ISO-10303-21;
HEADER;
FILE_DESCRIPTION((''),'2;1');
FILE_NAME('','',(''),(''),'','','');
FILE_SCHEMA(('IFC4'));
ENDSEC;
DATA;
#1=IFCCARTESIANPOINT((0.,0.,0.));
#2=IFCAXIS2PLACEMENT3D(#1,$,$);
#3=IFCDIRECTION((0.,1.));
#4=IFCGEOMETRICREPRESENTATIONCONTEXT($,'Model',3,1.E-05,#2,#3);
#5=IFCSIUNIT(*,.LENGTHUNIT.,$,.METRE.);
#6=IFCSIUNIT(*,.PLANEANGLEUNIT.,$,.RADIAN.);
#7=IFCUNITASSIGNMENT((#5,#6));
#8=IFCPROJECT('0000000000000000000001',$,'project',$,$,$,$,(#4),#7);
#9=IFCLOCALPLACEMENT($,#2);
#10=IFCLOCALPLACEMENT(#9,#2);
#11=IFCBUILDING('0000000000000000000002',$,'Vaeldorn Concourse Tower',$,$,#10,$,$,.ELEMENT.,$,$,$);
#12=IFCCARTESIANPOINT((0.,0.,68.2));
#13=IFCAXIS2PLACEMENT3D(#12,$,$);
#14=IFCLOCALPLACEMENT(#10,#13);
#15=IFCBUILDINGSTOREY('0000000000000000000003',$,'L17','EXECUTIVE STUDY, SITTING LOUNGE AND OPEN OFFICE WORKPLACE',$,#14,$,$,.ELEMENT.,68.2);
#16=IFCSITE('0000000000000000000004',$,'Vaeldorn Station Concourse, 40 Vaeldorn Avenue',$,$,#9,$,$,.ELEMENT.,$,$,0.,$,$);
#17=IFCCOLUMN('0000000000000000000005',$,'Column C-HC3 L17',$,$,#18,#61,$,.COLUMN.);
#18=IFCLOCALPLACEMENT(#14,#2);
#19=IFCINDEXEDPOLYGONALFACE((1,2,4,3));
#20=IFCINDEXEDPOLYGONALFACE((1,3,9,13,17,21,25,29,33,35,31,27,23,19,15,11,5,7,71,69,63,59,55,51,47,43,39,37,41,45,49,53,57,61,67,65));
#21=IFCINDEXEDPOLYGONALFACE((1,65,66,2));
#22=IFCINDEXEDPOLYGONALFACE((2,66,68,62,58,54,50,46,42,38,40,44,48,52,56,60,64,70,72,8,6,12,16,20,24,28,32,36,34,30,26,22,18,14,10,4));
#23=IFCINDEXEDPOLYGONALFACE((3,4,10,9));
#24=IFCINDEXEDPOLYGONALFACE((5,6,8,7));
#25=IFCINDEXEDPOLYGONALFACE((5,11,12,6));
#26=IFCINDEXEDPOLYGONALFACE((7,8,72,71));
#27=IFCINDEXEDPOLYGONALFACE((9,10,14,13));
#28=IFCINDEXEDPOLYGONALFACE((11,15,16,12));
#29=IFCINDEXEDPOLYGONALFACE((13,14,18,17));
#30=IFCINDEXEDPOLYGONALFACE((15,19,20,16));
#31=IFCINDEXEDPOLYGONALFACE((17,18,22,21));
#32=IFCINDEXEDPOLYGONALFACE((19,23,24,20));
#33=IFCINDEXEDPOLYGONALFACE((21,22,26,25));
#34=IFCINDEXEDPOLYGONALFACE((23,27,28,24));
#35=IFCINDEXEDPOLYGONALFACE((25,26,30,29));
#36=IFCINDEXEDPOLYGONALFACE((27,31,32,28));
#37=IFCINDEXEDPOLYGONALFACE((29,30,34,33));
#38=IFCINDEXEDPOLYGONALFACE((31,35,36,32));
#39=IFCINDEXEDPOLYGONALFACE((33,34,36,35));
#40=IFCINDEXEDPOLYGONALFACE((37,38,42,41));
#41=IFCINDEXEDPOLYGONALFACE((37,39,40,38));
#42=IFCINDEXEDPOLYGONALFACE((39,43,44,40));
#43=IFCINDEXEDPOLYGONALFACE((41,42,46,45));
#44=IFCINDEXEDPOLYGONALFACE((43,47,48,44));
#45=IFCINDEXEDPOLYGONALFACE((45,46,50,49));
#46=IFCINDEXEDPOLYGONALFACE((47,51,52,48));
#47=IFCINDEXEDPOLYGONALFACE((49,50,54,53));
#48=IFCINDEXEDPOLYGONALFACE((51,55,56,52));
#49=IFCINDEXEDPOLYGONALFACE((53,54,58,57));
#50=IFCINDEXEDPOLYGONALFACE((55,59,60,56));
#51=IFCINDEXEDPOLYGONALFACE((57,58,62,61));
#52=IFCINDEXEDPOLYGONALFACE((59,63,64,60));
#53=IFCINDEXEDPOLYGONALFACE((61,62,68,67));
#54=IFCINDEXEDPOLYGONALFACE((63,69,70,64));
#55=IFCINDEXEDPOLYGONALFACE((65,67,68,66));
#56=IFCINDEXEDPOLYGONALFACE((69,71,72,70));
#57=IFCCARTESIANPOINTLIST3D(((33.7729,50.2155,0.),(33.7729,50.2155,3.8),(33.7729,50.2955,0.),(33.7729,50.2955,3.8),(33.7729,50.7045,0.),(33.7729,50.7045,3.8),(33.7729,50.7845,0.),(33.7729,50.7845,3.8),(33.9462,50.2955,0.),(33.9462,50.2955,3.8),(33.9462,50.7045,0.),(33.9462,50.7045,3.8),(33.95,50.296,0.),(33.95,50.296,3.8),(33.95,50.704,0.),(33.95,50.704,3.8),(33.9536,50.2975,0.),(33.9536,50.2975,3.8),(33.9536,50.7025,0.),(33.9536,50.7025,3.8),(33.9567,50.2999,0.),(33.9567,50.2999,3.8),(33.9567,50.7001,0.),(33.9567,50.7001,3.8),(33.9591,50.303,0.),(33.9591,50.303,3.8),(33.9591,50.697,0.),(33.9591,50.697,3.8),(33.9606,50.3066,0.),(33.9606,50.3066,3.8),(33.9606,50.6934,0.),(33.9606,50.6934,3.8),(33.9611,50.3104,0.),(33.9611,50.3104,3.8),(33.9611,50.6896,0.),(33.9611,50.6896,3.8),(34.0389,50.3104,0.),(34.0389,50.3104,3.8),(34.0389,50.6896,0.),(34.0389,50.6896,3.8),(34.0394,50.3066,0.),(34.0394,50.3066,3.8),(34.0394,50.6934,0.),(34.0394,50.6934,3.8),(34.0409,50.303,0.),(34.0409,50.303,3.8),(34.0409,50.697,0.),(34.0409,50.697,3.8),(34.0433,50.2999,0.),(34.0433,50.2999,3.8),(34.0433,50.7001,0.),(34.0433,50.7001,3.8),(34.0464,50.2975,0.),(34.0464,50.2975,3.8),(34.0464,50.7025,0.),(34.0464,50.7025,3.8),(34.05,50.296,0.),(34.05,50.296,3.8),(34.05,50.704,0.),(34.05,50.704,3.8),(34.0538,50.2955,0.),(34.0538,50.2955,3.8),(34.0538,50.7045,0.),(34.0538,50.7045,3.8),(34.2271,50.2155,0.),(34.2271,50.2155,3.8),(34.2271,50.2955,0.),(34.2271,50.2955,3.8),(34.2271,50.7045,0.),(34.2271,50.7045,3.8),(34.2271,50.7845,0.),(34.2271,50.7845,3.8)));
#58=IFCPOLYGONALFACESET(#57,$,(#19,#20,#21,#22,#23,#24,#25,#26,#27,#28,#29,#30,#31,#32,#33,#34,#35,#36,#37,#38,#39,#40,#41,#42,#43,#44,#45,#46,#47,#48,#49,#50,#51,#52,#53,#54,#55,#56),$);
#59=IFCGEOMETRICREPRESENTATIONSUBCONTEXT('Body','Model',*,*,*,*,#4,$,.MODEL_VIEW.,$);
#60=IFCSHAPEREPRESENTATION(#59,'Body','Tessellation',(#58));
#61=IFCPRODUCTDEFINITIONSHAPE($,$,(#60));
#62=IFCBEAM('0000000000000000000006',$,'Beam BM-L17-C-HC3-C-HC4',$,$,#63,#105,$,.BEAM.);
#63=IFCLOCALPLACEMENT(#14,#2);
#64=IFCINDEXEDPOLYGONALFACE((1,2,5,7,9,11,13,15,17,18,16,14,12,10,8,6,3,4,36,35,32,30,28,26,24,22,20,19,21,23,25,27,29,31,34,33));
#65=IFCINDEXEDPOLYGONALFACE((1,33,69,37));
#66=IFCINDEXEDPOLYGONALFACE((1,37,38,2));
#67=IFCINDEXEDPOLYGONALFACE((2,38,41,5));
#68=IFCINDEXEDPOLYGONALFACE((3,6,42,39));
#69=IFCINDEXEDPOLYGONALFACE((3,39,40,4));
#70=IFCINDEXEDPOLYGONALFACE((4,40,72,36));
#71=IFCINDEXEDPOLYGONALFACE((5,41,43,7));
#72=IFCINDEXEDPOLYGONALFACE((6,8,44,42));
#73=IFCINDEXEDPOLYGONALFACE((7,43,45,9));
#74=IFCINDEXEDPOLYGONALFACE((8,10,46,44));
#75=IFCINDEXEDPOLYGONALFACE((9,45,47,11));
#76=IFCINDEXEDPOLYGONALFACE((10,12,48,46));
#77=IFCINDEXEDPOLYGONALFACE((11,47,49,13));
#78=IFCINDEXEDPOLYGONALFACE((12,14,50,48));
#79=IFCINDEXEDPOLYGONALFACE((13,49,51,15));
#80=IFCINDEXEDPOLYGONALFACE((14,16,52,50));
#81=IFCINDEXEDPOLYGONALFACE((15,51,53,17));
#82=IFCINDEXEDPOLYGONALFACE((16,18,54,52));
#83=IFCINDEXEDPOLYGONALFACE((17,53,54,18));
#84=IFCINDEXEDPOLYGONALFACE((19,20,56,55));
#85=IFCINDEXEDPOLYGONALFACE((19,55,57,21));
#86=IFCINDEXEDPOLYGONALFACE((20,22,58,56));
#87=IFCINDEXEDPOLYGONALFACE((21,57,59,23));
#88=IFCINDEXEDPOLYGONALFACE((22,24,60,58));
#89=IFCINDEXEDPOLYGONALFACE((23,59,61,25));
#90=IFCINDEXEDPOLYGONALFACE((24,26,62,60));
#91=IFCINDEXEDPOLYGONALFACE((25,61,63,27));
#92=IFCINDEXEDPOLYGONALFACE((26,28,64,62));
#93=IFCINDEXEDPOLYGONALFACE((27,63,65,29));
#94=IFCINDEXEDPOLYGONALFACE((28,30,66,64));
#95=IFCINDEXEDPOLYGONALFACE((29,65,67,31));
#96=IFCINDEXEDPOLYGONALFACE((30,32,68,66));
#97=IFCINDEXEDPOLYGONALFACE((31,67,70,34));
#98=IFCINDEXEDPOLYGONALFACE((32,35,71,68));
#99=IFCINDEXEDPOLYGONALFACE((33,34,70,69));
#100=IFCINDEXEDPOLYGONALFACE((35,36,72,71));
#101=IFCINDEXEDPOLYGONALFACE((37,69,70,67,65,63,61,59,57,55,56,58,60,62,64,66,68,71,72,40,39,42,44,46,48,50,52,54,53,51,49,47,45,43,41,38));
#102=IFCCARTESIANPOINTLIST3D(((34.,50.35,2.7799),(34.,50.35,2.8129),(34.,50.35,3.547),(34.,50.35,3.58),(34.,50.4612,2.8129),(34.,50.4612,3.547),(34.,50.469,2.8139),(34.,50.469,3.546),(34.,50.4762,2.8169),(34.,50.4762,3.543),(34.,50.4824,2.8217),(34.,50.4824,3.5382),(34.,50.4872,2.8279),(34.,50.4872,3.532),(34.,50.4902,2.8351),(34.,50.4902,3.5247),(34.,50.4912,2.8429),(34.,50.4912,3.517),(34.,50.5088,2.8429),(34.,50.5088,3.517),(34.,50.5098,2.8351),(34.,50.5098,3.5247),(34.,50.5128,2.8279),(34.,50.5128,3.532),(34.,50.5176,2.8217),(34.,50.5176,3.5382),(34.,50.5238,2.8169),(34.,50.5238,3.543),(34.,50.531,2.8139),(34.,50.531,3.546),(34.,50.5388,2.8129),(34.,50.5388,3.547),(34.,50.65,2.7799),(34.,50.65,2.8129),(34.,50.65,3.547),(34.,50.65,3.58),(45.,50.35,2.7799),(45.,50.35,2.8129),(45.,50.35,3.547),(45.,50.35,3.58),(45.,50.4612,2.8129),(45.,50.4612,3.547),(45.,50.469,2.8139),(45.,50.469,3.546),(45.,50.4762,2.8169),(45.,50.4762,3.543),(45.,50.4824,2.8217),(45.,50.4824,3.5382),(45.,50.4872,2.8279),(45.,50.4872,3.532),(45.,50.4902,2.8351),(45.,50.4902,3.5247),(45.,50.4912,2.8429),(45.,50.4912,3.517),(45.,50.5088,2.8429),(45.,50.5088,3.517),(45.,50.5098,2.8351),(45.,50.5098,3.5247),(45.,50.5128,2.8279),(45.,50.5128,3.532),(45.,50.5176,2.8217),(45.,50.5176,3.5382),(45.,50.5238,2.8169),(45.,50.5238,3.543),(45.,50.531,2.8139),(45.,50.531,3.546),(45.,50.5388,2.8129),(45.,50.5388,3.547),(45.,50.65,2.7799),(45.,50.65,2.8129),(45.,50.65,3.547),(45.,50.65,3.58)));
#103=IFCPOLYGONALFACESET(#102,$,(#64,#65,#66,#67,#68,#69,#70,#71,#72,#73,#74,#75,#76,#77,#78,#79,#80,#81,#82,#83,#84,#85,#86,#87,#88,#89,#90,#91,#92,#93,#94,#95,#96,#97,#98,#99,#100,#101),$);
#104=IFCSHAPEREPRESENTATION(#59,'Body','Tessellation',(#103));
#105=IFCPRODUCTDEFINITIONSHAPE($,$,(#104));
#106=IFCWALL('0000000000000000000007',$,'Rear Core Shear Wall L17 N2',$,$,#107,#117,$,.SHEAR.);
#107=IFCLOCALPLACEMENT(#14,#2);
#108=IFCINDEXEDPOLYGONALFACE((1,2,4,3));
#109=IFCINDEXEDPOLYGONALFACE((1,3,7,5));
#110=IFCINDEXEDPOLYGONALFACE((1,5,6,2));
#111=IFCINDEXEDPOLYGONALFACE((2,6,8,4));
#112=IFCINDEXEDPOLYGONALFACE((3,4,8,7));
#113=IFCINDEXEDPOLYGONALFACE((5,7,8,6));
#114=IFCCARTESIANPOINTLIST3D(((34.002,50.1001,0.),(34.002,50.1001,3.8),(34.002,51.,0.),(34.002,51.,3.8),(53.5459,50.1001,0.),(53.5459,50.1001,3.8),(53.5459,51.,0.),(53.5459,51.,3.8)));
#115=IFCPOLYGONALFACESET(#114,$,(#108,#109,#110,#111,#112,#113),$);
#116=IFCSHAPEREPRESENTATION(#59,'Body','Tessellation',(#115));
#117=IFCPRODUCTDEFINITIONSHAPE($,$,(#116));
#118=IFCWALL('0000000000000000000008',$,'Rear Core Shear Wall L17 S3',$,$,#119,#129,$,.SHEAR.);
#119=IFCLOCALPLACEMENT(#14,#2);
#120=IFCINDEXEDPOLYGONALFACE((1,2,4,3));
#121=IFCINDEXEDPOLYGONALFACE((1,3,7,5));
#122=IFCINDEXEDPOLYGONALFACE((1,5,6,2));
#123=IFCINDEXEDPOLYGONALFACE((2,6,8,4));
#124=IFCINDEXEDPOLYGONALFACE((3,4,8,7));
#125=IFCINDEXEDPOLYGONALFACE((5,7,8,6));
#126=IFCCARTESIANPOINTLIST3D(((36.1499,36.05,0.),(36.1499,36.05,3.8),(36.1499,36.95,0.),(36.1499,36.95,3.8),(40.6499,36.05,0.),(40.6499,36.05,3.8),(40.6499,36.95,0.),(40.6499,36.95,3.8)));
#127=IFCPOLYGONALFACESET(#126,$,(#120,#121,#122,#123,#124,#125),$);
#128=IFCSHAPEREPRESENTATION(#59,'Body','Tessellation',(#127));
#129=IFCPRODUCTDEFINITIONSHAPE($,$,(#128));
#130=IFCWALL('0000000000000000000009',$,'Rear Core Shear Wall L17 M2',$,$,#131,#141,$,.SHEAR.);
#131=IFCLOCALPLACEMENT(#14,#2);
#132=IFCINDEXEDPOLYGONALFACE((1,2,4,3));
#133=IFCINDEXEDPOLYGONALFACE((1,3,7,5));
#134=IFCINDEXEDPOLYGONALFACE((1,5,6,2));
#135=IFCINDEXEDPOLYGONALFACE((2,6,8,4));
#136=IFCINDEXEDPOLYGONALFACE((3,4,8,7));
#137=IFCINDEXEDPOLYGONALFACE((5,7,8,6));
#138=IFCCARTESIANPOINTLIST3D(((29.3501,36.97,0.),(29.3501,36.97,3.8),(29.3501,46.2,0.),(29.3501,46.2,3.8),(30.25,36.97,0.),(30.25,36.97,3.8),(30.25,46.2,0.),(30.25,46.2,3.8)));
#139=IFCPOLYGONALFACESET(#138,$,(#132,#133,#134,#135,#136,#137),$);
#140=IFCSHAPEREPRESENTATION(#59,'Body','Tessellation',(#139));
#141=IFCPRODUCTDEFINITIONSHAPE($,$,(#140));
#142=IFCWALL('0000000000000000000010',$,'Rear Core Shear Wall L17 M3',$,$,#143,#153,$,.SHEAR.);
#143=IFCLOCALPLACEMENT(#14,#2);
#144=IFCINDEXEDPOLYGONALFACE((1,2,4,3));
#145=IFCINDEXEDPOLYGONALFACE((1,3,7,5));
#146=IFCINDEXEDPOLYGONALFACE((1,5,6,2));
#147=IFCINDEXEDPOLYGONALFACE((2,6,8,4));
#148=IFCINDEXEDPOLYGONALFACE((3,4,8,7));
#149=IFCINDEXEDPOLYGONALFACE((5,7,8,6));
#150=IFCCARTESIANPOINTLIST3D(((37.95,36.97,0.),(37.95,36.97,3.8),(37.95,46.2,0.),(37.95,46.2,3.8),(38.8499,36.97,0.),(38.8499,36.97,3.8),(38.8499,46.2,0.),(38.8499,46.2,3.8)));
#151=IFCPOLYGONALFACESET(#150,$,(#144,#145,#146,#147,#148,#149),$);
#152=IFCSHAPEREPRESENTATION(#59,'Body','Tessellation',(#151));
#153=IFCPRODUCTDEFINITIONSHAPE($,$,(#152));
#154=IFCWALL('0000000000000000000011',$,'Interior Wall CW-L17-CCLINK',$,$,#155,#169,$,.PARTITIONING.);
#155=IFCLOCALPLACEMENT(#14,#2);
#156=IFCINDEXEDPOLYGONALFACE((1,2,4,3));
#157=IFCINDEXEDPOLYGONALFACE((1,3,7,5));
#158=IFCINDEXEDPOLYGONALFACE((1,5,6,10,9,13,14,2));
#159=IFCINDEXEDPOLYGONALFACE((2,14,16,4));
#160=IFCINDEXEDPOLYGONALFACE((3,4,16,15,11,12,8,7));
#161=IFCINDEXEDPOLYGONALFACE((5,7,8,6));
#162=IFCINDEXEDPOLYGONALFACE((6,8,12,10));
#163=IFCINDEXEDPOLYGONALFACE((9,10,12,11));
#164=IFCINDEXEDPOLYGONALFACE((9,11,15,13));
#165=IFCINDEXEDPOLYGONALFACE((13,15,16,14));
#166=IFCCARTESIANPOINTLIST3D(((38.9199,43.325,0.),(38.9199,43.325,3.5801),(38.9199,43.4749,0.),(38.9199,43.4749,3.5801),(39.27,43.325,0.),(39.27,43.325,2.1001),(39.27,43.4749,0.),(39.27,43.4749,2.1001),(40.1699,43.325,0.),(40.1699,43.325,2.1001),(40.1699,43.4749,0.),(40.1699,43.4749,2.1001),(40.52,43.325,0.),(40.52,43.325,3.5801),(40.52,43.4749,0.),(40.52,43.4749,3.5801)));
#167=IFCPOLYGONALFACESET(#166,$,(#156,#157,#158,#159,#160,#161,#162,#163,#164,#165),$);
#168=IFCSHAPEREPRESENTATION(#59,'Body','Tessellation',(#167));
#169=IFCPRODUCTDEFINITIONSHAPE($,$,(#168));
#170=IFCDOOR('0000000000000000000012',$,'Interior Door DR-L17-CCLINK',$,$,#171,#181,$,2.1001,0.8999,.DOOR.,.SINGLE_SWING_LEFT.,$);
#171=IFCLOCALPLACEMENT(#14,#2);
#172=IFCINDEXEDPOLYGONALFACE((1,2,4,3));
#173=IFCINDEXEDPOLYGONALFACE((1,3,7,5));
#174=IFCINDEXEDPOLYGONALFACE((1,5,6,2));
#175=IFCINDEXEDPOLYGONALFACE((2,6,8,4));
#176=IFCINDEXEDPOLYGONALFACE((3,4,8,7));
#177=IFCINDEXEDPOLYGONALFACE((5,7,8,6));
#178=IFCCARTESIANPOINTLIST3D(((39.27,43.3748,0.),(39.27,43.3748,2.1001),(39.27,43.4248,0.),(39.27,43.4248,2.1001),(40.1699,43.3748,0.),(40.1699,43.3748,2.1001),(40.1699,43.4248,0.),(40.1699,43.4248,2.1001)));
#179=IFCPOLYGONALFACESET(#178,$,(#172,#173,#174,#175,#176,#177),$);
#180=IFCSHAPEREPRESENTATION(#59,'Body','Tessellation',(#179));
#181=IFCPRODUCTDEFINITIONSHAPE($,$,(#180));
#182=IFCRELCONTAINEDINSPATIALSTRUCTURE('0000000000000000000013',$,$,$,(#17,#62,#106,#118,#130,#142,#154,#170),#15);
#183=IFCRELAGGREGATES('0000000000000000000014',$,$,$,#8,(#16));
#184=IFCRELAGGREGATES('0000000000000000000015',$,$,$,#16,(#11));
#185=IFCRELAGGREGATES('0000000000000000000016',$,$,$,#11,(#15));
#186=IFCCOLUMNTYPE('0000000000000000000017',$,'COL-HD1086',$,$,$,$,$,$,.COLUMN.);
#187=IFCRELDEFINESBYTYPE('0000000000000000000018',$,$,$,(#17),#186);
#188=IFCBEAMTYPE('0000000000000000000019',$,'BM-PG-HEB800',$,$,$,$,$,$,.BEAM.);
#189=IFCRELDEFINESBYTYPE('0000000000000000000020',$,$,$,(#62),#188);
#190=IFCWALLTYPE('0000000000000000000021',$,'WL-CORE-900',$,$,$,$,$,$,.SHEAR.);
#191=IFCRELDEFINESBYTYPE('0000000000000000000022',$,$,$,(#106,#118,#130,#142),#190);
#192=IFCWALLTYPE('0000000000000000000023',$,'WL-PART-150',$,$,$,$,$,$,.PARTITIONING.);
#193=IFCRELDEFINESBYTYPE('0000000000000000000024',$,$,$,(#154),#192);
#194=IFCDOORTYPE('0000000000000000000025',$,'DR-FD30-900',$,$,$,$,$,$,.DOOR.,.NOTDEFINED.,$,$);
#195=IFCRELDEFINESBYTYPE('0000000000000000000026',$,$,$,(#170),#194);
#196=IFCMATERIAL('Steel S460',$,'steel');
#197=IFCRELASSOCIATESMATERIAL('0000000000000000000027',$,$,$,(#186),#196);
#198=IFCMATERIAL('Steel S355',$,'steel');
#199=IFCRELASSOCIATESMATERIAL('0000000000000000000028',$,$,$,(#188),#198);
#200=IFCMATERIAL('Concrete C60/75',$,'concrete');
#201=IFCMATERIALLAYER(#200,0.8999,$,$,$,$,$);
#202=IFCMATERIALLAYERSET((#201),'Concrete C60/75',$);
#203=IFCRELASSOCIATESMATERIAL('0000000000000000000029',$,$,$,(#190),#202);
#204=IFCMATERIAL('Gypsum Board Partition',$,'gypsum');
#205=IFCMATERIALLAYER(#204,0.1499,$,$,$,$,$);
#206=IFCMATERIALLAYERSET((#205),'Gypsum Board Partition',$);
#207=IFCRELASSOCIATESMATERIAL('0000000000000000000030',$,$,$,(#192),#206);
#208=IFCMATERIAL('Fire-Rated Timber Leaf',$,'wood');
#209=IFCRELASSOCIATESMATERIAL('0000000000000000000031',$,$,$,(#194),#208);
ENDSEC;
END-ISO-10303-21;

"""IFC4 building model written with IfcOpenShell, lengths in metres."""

from ifc_helpers import new_model, si_unit, direction, frame, frame_2d, origin, origin_2d, place, context, subcontext, project, spatial, rectangle, i_section, extrude, source, transform, mapped, material, layer, layer_set, material_profile, profile_set, type_object, element, fill, save


model = new_model("IFC4")

# Units and contexts
model_context = context("Model", 3, precision=1e-05, world=origin(), true_north=direction((0.0, 1.0)))
body_context = subcontext(model_context, "Body", "Model", "MODEL_VIEW")
ifc_project = project(units=[si_unit("LENGTHUNIT", "METRE"), si_unit("PLANEANGLEUNIT", "RADIAN")], contexts=[model_context])

# Site, building, storey
site_placement = place(None, origin())
site = spatial("IfcSite", under=ifc_project, at=site_placement, Name="Vaeldorn Station Concourse, 40 Vaeldorn Avenue", CompositionType="ELEMENT", RefElevation=0.0)
building_placement = place(site_placement, origin())
building = spatial("IfcBuilding", under=site, at=building_placement, Name="Vaeldorn Concourse Tower", CompositionType="ELEMENT")
storey_placement = place(building_placement, frame((0.0, 0.0, 68.2)))
storey = spatial("IfcBuildingStorey", under=building, at=storey_placement, Name="L17", Description="EXECUTIVE STUDY, SITTING LOUNGE AND OPEN OFFICE WORKPLACE", CompositionType="ELEMENT", Elevation=68.2)

# Column
ifc_material_1 = material(Name="Steel S460", Category="steel")
ifc_material_profile_1 = material_profile(ifc_material_1, i_section(OverallWidth=0.4541, OverallDepth=0.5691, WebThickness=0.0779, FlangeThickness=0.0801, FilletRadius=0.0149, at=origin_2d()), Name="HD 400x1086")
ifc_profile_set_1 = profile_set([ifc_material_profile_1], Name="Steel S460")
column_type = type_object("IfcColumnType", Name="COL-HD1086", PredefinedType="COLUMN", material=ifc_profile_set_1)
shared_shape_1 = source(origin(), body_context, "Body", "SweptSolid", [
    extrude(i_section(OverallWidth=0.4541, OverallDepth=0.5691, WebThickness=0.0779, FlangeThickness=0.0801, FilletRadius=0.0149, at=origin_2d()), origin(), (0.0, 0.0, 1.0), 3.8),
])
column_placement = place(storey_placement, frame((34.0, 50.5, 0.0), z_axis=(0.0, 0.0, 1.0), x_axis=(1.0, 0.0, 0.0)))
element("IfcColumn", 1, at=column_placement, inside=storey, type_object=column_type, Name="Column C-HC3 L17", PredefinedType="COLUMN", context=body_context, shape_type="MappedRepresentation", body=[
    mapped(shared_shape_1, transform((0.0, 0.0, 0.0), scale=1.0)),
])

# Beam
ifc_material_2 = material(Name="Steel S355", Category="steel")
ifc_material_profile_2 = material_profile(ifc_material_2, i_section(OverallWidth=0.3, OverallDepth=0.8, WebThickness=0.0176, FlangeThickness=0.033, FilletRadius=0.03, at=origin_2d()), Name="HEB 800")
ifc_profile_set_2 = profile_set([ifc_material_profile_2], Name="Steel S355")
beam_type = type_object("IfcBeamType", Name="BM-PG-HEB800", PredefinedType="BEAM", material=ifc_profile_set_2)
shared_shape_2 = source(origin(), body_context, "Body", "SweptSolid", [
    extrude(i_section(OverallWidth=0.3, OverallDepth=0.8, WebThickness=0.0176, FlangeThickness=0.033, FilletRadius=0.03, at=origin_2d()), origin(), (0.0, 0.0, 1.0), 11.0),
])
beam_placement = place(storey_placement, frame((34.0, 50.5, 3.1799), z_axis=(1.0, 0.0, 0.0), x_axis=(0.0, 1.0, 0.0)))
element("IfcBeam", 2, at=beam_placement, inside=storey, type_object=beam_type, Name="Beam BM-L17-C-HC3-C-HC4", PredefinedType="BEAM", context=body_context, shape_type="MappedRepresentation", body=[
    mapped(shared_shape_2, transform((0.0, 0.0, 0.0), scale=1.0)),
])

# Walls
ifc_material_3 = material(Name="Concrete C60/75", Category="concrete")
ifc_layer_1 = layer(ifc_material_3, 0.8999)
ifc_layer_set_1 = layer_set([ifc_layer_1], Name="Concrete C60/75")
wall_type_1 = type_object("IfcWallType", Name="WL-CORE-900", PredefinedType="SHEAR", material=ifc_layer_set_1)
wall_1_placement = place(storey_placement, frame((34.002, 50.55, 0.0), z_axis=(0.0, 0.0, 1.0), x_axis=(1.0, 0.0, 0.0)))
element("IfcWall", 3, at=wall_1_placement, inside=storey, type_object=wall_type_1, Name="Rear Core Shear Wall L17 N2", PredefinedType="SHEAR", context=body_context, shape_type="SweptSolid", body=[
    extrude(rectangle(XDim=19.5439, YDim=0.8999, at=frame_2d((9.772, 0.0))), origin(), (0.0, 0.0, 1.0), 3.8),
])
wall_2_placement = place(storey_placement, frame((36.1499, 36.5, 0.0), z_axis=(0.0, 0.0, 1.0), x_axis=(1.0, 0.0, 0.0)))
element("IfcWall", 4, at=wall_2_placement, inside=storey, type_object=wall_type_1, Name="Rear Core Shear Wall L17 S3", PredefinedType="SHEAR", context=body_context, shape_type="SweptSolid", body=[
    extrude(rectangle(XDim=4.5, YDim=0.8999, at=frame_2d((2.25, 0.0))), origin(), (0.0, 0.0, 1.0), 3.8),
])
for number, where, z_axis, x_axis, name in (
    (5, (29.8, 36.97, 0.0), (0.0, 0.0, 1.0), (0.0, 1.0, 0.0), "Rear Core Shear Wall L17 M2"),
    (6, (38.3999, 36.97, 0.0), (0.0, 0.0, 1.0), (0.0, 1.0, 0.0), "Rear Core Shear Wall L17 M3"),
):
    element("IfcWall", number, at=place(storey_placement, frame(where, z_axis=z_axis, x_axis=x_axis)), inside=storey, type_object=wall_type_1, Name=name, PredefinedType="SHEAR", context=body_context, shape_type="SweptSolid", body=[
        extrude(rectangle(XDim=9.23, YDim=0.8999, at=frame_2d((4.615, 0.0))), origin(), (0.0, 0.0, 1.0), 3.8),
    ])

# Wall, opening, door
ifc_material_4 = material(Name="Gypsum Board Partition", Category="gypsum")
ifc_layer_2 = layer(ifc_material_4, 0.1499)
ifc_layer_set_2 = layer_set([ifc_layer_2], Name="Gypsum Board Partition")
wall_type_2 = type_object("IfcWallType", Name="WL-PART-150", PredefinedType="PARTITIONING", material=ifc_layer_set_2)
wall_3_placement = place(storey_placement, frame((38.9199, 43.3999, 0.0), z_axis=(0.0, 0.0, 1.0), x_axis=(1.0, 0.0, 0.0)))
wall_3 = element("IfcWall", 7, at=wall_3_placement, inside=storey, type_object=wall_type_2, Name="Interior Wall CW-L17-CCLINK", PredefinedType="PARTITIONING", context=body_context, shape_type="SweptSolid", body=[
    extrude(rectangle(XDim=1.6001, YDim=0.1499, at=frame_2d((0.8, 0.0))), origin(), (0.0, 0.0, 1.0), 3.5801),
])
opening_placement = place(wall_3_placement, frame((0.3501, 0.0, 0.0)))
opening = element("IfcOpeningElement", 8, at=opening_placement, cuts=wall_3, PredefinedType="OPENING", context=body_context, shape_type="SweptSolid", body=[
    extrude(rectangle(XDim=0.8999, YDim=2.1001, at=frame_2d((0.45, 1.05))), frame((0.0, 0.085, 0.0), z_axis=(0.0, -1.0, 0.0), x_axis=(1.0, 0.0, 0.0)), (0.0, 0.0, 1.0), 0.1699),
])
ifc_material_5 = material(Name="Fire-Rated Timber Leaf", Category="wood")
door_type = type_object("IfcDoorType", Name="DR-FD30-900", OperationType="NOTDEFINED", PredefinedType="DOOR", material=ifc_material_5)
shared_shape_3 = source(origin(), body_context, "Body", "SweptSolid", [
    extrude(rectangle(XDim=0.8999, YDim=2.1001, at=frame_2d((0.45, 1.05))), frame((0.0, 0.0249, 0.0), z_axis=(0.0, -1.0, 0.0), x_axis=(1.0, 0.0, 0.0)), (0.0, 0.0, 1.0), 0.05),
])
door_placement = place(opening_placement, origin())
door = element("IfcDoor", 9, at=door_placement, inside=storey, type_object=door_type, Name="Interior Door DR-L17-CCLINK", OperationType="SINGLE_SWING_LEFT", OverallHeight=2.1001, OverallWidth=0.8999, PredefinedType="DOOR", context=body_context, shape_type="MappedRepresentation", body=[
    mapped(shared_shape_3, transform((0.0, 0.0, 0.0), scale=1.0)),
])
fill(opening, door)

save(model, "model.ifc")
